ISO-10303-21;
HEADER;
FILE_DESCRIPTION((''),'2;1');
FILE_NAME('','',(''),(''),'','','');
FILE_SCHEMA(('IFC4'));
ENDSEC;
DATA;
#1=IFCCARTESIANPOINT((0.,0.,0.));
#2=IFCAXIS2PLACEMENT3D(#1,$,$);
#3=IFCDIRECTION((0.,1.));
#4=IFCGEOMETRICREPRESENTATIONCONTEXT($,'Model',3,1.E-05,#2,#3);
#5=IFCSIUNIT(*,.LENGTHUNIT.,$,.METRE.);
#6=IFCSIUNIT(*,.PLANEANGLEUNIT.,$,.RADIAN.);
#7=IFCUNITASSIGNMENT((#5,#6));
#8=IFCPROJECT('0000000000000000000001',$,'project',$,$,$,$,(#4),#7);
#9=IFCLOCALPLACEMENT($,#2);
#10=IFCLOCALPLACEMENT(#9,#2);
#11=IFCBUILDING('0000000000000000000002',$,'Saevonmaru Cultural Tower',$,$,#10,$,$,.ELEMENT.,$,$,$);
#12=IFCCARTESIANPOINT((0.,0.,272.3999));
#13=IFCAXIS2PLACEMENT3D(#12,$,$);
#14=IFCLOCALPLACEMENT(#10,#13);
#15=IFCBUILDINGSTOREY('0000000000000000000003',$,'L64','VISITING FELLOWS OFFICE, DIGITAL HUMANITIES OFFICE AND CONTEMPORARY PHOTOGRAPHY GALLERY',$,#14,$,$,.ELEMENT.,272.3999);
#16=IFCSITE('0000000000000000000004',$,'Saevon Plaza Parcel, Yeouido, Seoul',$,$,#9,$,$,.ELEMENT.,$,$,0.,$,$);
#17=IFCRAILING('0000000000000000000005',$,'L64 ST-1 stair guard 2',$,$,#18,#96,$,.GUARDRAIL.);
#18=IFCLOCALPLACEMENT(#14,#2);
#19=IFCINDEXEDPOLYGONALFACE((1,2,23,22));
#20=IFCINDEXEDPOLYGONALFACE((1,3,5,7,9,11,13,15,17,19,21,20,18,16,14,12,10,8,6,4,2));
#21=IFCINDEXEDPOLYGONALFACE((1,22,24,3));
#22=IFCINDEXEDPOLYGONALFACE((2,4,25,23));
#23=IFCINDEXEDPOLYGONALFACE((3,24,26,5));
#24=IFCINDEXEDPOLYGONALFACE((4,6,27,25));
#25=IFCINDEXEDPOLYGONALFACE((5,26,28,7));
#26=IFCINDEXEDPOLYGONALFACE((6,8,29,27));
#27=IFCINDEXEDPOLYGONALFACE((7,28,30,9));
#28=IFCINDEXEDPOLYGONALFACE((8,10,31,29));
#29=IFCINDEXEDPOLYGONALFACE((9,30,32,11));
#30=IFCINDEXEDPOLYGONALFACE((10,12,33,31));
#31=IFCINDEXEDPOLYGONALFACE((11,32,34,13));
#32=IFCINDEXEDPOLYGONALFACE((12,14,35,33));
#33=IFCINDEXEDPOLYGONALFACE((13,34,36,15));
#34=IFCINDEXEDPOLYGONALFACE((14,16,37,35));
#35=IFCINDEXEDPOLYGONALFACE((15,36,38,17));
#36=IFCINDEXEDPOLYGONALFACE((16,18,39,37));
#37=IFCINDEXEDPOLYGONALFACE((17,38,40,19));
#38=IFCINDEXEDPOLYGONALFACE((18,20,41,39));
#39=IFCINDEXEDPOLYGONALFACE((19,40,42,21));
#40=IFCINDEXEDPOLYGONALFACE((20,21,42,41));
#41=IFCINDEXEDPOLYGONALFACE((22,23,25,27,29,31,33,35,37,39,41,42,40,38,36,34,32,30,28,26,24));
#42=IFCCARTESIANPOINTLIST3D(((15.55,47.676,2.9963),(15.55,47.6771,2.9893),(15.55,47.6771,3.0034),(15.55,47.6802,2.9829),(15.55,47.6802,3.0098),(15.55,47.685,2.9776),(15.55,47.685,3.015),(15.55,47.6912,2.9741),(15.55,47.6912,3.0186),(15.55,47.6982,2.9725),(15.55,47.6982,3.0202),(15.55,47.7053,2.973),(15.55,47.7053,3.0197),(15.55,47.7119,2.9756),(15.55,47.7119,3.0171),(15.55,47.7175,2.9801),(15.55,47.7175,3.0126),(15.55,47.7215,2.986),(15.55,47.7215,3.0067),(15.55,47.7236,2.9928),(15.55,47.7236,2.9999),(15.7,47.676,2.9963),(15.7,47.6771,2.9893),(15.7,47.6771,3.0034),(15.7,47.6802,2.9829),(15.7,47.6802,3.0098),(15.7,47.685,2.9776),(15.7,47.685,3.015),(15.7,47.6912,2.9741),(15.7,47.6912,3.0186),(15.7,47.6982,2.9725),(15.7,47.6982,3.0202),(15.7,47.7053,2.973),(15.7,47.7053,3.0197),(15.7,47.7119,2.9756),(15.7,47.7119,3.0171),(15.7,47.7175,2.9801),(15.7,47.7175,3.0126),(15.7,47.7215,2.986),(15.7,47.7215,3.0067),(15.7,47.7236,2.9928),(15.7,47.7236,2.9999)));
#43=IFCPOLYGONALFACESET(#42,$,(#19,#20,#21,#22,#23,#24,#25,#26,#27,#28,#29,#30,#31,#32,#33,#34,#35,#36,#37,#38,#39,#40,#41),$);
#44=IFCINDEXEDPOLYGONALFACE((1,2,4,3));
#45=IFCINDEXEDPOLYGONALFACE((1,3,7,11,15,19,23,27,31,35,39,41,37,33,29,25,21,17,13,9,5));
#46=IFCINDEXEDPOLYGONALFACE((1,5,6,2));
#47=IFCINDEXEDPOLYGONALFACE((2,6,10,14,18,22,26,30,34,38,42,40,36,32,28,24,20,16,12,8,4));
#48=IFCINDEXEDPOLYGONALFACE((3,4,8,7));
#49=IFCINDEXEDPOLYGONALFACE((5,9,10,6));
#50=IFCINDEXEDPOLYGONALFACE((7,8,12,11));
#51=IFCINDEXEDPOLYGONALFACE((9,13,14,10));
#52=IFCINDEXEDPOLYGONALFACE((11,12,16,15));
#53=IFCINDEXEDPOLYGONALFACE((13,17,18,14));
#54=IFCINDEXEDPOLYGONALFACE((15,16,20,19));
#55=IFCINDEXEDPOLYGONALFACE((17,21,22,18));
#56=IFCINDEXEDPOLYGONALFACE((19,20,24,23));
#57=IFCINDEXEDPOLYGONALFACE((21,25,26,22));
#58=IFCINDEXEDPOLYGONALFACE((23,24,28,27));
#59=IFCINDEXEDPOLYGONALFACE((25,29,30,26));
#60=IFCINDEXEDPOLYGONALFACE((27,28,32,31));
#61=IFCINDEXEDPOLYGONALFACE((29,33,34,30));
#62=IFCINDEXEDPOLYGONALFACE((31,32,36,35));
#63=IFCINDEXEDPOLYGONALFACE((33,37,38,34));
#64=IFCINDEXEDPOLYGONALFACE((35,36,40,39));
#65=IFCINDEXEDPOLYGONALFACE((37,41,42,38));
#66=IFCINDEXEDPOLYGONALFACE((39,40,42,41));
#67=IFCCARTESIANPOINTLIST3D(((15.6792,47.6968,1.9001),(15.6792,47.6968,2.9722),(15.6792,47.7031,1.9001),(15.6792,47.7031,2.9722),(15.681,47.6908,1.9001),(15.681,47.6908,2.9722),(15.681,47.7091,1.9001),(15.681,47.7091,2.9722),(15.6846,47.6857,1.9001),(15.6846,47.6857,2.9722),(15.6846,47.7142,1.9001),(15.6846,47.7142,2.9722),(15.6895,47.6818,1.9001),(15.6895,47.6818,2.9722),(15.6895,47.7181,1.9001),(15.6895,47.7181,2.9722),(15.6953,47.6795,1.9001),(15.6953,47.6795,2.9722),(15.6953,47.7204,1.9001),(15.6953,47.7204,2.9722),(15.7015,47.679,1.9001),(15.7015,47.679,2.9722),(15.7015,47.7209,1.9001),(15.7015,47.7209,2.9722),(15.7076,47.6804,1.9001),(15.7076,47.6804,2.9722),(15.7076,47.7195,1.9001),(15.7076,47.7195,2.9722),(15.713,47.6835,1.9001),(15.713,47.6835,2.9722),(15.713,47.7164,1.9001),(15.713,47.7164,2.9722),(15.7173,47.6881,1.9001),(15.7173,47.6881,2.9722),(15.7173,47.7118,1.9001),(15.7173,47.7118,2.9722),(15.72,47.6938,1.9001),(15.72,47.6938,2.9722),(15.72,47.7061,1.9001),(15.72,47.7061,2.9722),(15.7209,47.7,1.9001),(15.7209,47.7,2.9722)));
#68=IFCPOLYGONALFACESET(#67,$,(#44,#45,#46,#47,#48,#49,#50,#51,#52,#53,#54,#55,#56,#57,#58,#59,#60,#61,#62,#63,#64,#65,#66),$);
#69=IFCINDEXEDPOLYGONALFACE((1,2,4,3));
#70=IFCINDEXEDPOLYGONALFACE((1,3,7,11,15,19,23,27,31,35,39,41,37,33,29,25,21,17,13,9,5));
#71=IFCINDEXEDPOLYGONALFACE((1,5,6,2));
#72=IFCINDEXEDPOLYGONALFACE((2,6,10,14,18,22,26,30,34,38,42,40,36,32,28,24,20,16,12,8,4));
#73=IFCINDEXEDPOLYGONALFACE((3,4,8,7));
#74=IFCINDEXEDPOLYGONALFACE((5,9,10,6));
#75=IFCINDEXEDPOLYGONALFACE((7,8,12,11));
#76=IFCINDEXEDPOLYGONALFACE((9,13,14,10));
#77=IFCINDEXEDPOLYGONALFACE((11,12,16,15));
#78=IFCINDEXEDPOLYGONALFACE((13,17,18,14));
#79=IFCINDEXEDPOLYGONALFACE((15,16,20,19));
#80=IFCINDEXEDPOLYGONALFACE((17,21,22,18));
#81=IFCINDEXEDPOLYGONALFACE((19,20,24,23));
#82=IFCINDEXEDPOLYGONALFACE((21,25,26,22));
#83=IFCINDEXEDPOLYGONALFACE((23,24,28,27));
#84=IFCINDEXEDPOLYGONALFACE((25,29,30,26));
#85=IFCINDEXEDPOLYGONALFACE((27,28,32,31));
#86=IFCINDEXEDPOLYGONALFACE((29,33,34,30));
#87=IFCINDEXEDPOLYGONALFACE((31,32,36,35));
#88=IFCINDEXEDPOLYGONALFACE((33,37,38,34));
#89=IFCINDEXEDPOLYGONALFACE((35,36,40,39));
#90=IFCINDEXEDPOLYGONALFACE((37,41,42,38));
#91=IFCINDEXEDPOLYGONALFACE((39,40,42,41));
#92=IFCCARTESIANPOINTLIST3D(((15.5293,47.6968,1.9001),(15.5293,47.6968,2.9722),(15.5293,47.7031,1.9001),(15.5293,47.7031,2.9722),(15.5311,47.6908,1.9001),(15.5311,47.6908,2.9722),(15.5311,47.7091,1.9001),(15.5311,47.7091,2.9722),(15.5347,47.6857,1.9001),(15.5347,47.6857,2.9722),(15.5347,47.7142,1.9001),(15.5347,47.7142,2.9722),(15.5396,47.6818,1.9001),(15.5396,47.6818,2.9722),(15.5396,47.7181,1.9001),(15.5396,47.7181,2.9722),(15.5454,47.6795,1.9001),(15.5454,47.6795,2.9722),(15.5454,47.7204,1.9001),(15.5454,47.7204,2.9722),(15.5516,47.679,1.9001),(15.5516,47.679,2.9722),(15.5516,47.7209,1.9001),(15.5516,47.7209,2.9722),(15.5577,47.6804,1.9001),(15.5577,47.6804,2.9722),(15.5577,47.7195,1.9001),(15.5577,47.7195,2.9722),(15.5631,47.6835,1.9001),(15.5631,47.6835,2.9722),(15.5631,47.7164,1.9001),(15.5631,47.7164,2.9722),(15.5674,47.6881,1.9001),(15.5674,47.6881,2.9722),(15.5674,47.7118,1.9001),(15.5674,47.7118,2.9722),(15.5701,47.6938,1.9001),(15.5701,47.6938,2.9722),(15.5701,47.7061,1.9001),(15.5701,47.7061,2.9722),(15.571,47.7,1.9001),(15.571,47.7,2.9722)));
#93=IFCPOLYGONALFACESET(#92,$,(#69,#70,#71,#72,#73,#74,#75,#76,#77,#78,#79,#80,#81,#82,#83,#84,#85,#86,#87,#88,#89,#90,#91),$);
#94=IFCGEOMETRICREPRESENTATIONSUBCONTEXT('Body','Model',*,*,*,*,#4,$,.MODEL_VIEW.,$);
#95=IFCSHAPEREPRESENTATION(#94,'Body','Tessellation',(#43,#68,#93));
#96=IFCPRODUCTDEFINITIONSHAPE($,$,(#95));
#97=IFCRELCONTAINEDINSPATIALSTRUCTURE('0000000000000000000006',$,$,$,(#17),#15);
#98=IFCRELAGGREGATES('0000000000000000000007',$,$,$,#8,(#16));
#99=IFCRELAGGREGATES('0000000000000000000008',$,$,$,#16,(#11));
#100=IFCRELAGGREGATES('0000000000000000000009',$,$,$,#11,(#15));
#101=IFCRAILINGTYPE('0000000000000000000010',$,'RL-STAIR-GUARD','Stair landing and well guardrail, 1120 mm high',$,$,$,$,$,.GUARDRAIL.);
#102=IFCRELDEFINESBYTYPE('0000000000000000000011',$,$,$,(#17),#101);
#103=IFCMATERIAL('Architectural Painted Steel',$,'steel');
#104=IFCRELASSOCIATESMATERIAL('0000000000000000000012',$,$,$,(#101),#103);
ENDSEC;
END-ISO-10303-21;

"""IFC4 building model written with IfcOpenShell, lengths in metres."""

from ifc_helpers import new_model, si_unit, direction, frame, origin, origin_2d, place, context, subcontext, project, spatial, circle, extrude, material, type_object, element, save


model = new_model("IFC4")

# Units and contexts
model_context = context("Model", 3, precision=1e-05, world=origin(), true_north=direction((0.0, 1.0)))
body_context = subcontext(model_context, "Body", "Model", "MODEL_VIEW")
ifc_project = project(units=[si_unit("LENGTHUNIT", "METRE"), si_unit("PLANEANGLEUNIT", "RADIAN")], contexts=[model_context])

# Site, building, storey
site_placement = place(None, origin())
site = spatial("IfcSite", under=ifc_project, at=site_placement, Name="Saevon Plaza Parcel, Yeouido, Seoul", CompositionType="ELEMENT", RefElevation=0.0)
building_placement = place(site_placement, origin())
building = spatial("IfcBuilding", under=site, at=building_placement, Name="Saevonmaru Cultural Tower", CompositionType="ELEMENT")
storey_placement = place(building_placement, frame((0.0, 0.0, 272.3999)))
storey = spatial("IfcBuildingStorey", under=building, at=storey_placement, Name="L64", Description="VISITING FELLOWS OFFICE, DIGITAL HUMANITIES OFFICE AND CONTEMPORARY PHOTOGRAPHY GALLERY", CompositionType="ELEMENT", Elevation=272.3999)

# Railing
ifc_material_1 = material(Name="Architectural Painted Steel", Category="steel")
railing_type_1 = type_object("IfcRailingType", Name="RL-STAIR-GUARD", Description="Stair landing and well guardrail, 1120 mm high", PredefinedType="GUARDRAIL", material=ifc_material_1)
railing_1_placement = place(storey_placement, frame((15.7, 47.7, 1.9001)))
element("IfcRailing", 1, at=railing_1_placement, inside=storey, type_object=railing_type_1, Name="L64 ST-1 stair guard 2", PredefinedType="GUARDRAIL", context=body_context, shape_type="SweptSolid", body=[
    extrude(circle(Radius=0.0239, at=origin_2d()), frame((0.0, 0.0, 1.0962), z_axis=(-1.0, 0.0, 0.0), x_axis=(0.0, -1.0, 0.0)), (0.0, 0.0, 1.0), 0.1499),
    extrude(circle(Radius=0.021, at=origin_2d()), origin(), (0.0, 0.0, 1.0), 1.072),
    extrude(circle(Radius=0.021, at=origin_2d()), frame((-0.1499, 0.0, 0.0)), (0.0, 0.0, 1.0), 1.072),
])

save(model, "model.ifc")
